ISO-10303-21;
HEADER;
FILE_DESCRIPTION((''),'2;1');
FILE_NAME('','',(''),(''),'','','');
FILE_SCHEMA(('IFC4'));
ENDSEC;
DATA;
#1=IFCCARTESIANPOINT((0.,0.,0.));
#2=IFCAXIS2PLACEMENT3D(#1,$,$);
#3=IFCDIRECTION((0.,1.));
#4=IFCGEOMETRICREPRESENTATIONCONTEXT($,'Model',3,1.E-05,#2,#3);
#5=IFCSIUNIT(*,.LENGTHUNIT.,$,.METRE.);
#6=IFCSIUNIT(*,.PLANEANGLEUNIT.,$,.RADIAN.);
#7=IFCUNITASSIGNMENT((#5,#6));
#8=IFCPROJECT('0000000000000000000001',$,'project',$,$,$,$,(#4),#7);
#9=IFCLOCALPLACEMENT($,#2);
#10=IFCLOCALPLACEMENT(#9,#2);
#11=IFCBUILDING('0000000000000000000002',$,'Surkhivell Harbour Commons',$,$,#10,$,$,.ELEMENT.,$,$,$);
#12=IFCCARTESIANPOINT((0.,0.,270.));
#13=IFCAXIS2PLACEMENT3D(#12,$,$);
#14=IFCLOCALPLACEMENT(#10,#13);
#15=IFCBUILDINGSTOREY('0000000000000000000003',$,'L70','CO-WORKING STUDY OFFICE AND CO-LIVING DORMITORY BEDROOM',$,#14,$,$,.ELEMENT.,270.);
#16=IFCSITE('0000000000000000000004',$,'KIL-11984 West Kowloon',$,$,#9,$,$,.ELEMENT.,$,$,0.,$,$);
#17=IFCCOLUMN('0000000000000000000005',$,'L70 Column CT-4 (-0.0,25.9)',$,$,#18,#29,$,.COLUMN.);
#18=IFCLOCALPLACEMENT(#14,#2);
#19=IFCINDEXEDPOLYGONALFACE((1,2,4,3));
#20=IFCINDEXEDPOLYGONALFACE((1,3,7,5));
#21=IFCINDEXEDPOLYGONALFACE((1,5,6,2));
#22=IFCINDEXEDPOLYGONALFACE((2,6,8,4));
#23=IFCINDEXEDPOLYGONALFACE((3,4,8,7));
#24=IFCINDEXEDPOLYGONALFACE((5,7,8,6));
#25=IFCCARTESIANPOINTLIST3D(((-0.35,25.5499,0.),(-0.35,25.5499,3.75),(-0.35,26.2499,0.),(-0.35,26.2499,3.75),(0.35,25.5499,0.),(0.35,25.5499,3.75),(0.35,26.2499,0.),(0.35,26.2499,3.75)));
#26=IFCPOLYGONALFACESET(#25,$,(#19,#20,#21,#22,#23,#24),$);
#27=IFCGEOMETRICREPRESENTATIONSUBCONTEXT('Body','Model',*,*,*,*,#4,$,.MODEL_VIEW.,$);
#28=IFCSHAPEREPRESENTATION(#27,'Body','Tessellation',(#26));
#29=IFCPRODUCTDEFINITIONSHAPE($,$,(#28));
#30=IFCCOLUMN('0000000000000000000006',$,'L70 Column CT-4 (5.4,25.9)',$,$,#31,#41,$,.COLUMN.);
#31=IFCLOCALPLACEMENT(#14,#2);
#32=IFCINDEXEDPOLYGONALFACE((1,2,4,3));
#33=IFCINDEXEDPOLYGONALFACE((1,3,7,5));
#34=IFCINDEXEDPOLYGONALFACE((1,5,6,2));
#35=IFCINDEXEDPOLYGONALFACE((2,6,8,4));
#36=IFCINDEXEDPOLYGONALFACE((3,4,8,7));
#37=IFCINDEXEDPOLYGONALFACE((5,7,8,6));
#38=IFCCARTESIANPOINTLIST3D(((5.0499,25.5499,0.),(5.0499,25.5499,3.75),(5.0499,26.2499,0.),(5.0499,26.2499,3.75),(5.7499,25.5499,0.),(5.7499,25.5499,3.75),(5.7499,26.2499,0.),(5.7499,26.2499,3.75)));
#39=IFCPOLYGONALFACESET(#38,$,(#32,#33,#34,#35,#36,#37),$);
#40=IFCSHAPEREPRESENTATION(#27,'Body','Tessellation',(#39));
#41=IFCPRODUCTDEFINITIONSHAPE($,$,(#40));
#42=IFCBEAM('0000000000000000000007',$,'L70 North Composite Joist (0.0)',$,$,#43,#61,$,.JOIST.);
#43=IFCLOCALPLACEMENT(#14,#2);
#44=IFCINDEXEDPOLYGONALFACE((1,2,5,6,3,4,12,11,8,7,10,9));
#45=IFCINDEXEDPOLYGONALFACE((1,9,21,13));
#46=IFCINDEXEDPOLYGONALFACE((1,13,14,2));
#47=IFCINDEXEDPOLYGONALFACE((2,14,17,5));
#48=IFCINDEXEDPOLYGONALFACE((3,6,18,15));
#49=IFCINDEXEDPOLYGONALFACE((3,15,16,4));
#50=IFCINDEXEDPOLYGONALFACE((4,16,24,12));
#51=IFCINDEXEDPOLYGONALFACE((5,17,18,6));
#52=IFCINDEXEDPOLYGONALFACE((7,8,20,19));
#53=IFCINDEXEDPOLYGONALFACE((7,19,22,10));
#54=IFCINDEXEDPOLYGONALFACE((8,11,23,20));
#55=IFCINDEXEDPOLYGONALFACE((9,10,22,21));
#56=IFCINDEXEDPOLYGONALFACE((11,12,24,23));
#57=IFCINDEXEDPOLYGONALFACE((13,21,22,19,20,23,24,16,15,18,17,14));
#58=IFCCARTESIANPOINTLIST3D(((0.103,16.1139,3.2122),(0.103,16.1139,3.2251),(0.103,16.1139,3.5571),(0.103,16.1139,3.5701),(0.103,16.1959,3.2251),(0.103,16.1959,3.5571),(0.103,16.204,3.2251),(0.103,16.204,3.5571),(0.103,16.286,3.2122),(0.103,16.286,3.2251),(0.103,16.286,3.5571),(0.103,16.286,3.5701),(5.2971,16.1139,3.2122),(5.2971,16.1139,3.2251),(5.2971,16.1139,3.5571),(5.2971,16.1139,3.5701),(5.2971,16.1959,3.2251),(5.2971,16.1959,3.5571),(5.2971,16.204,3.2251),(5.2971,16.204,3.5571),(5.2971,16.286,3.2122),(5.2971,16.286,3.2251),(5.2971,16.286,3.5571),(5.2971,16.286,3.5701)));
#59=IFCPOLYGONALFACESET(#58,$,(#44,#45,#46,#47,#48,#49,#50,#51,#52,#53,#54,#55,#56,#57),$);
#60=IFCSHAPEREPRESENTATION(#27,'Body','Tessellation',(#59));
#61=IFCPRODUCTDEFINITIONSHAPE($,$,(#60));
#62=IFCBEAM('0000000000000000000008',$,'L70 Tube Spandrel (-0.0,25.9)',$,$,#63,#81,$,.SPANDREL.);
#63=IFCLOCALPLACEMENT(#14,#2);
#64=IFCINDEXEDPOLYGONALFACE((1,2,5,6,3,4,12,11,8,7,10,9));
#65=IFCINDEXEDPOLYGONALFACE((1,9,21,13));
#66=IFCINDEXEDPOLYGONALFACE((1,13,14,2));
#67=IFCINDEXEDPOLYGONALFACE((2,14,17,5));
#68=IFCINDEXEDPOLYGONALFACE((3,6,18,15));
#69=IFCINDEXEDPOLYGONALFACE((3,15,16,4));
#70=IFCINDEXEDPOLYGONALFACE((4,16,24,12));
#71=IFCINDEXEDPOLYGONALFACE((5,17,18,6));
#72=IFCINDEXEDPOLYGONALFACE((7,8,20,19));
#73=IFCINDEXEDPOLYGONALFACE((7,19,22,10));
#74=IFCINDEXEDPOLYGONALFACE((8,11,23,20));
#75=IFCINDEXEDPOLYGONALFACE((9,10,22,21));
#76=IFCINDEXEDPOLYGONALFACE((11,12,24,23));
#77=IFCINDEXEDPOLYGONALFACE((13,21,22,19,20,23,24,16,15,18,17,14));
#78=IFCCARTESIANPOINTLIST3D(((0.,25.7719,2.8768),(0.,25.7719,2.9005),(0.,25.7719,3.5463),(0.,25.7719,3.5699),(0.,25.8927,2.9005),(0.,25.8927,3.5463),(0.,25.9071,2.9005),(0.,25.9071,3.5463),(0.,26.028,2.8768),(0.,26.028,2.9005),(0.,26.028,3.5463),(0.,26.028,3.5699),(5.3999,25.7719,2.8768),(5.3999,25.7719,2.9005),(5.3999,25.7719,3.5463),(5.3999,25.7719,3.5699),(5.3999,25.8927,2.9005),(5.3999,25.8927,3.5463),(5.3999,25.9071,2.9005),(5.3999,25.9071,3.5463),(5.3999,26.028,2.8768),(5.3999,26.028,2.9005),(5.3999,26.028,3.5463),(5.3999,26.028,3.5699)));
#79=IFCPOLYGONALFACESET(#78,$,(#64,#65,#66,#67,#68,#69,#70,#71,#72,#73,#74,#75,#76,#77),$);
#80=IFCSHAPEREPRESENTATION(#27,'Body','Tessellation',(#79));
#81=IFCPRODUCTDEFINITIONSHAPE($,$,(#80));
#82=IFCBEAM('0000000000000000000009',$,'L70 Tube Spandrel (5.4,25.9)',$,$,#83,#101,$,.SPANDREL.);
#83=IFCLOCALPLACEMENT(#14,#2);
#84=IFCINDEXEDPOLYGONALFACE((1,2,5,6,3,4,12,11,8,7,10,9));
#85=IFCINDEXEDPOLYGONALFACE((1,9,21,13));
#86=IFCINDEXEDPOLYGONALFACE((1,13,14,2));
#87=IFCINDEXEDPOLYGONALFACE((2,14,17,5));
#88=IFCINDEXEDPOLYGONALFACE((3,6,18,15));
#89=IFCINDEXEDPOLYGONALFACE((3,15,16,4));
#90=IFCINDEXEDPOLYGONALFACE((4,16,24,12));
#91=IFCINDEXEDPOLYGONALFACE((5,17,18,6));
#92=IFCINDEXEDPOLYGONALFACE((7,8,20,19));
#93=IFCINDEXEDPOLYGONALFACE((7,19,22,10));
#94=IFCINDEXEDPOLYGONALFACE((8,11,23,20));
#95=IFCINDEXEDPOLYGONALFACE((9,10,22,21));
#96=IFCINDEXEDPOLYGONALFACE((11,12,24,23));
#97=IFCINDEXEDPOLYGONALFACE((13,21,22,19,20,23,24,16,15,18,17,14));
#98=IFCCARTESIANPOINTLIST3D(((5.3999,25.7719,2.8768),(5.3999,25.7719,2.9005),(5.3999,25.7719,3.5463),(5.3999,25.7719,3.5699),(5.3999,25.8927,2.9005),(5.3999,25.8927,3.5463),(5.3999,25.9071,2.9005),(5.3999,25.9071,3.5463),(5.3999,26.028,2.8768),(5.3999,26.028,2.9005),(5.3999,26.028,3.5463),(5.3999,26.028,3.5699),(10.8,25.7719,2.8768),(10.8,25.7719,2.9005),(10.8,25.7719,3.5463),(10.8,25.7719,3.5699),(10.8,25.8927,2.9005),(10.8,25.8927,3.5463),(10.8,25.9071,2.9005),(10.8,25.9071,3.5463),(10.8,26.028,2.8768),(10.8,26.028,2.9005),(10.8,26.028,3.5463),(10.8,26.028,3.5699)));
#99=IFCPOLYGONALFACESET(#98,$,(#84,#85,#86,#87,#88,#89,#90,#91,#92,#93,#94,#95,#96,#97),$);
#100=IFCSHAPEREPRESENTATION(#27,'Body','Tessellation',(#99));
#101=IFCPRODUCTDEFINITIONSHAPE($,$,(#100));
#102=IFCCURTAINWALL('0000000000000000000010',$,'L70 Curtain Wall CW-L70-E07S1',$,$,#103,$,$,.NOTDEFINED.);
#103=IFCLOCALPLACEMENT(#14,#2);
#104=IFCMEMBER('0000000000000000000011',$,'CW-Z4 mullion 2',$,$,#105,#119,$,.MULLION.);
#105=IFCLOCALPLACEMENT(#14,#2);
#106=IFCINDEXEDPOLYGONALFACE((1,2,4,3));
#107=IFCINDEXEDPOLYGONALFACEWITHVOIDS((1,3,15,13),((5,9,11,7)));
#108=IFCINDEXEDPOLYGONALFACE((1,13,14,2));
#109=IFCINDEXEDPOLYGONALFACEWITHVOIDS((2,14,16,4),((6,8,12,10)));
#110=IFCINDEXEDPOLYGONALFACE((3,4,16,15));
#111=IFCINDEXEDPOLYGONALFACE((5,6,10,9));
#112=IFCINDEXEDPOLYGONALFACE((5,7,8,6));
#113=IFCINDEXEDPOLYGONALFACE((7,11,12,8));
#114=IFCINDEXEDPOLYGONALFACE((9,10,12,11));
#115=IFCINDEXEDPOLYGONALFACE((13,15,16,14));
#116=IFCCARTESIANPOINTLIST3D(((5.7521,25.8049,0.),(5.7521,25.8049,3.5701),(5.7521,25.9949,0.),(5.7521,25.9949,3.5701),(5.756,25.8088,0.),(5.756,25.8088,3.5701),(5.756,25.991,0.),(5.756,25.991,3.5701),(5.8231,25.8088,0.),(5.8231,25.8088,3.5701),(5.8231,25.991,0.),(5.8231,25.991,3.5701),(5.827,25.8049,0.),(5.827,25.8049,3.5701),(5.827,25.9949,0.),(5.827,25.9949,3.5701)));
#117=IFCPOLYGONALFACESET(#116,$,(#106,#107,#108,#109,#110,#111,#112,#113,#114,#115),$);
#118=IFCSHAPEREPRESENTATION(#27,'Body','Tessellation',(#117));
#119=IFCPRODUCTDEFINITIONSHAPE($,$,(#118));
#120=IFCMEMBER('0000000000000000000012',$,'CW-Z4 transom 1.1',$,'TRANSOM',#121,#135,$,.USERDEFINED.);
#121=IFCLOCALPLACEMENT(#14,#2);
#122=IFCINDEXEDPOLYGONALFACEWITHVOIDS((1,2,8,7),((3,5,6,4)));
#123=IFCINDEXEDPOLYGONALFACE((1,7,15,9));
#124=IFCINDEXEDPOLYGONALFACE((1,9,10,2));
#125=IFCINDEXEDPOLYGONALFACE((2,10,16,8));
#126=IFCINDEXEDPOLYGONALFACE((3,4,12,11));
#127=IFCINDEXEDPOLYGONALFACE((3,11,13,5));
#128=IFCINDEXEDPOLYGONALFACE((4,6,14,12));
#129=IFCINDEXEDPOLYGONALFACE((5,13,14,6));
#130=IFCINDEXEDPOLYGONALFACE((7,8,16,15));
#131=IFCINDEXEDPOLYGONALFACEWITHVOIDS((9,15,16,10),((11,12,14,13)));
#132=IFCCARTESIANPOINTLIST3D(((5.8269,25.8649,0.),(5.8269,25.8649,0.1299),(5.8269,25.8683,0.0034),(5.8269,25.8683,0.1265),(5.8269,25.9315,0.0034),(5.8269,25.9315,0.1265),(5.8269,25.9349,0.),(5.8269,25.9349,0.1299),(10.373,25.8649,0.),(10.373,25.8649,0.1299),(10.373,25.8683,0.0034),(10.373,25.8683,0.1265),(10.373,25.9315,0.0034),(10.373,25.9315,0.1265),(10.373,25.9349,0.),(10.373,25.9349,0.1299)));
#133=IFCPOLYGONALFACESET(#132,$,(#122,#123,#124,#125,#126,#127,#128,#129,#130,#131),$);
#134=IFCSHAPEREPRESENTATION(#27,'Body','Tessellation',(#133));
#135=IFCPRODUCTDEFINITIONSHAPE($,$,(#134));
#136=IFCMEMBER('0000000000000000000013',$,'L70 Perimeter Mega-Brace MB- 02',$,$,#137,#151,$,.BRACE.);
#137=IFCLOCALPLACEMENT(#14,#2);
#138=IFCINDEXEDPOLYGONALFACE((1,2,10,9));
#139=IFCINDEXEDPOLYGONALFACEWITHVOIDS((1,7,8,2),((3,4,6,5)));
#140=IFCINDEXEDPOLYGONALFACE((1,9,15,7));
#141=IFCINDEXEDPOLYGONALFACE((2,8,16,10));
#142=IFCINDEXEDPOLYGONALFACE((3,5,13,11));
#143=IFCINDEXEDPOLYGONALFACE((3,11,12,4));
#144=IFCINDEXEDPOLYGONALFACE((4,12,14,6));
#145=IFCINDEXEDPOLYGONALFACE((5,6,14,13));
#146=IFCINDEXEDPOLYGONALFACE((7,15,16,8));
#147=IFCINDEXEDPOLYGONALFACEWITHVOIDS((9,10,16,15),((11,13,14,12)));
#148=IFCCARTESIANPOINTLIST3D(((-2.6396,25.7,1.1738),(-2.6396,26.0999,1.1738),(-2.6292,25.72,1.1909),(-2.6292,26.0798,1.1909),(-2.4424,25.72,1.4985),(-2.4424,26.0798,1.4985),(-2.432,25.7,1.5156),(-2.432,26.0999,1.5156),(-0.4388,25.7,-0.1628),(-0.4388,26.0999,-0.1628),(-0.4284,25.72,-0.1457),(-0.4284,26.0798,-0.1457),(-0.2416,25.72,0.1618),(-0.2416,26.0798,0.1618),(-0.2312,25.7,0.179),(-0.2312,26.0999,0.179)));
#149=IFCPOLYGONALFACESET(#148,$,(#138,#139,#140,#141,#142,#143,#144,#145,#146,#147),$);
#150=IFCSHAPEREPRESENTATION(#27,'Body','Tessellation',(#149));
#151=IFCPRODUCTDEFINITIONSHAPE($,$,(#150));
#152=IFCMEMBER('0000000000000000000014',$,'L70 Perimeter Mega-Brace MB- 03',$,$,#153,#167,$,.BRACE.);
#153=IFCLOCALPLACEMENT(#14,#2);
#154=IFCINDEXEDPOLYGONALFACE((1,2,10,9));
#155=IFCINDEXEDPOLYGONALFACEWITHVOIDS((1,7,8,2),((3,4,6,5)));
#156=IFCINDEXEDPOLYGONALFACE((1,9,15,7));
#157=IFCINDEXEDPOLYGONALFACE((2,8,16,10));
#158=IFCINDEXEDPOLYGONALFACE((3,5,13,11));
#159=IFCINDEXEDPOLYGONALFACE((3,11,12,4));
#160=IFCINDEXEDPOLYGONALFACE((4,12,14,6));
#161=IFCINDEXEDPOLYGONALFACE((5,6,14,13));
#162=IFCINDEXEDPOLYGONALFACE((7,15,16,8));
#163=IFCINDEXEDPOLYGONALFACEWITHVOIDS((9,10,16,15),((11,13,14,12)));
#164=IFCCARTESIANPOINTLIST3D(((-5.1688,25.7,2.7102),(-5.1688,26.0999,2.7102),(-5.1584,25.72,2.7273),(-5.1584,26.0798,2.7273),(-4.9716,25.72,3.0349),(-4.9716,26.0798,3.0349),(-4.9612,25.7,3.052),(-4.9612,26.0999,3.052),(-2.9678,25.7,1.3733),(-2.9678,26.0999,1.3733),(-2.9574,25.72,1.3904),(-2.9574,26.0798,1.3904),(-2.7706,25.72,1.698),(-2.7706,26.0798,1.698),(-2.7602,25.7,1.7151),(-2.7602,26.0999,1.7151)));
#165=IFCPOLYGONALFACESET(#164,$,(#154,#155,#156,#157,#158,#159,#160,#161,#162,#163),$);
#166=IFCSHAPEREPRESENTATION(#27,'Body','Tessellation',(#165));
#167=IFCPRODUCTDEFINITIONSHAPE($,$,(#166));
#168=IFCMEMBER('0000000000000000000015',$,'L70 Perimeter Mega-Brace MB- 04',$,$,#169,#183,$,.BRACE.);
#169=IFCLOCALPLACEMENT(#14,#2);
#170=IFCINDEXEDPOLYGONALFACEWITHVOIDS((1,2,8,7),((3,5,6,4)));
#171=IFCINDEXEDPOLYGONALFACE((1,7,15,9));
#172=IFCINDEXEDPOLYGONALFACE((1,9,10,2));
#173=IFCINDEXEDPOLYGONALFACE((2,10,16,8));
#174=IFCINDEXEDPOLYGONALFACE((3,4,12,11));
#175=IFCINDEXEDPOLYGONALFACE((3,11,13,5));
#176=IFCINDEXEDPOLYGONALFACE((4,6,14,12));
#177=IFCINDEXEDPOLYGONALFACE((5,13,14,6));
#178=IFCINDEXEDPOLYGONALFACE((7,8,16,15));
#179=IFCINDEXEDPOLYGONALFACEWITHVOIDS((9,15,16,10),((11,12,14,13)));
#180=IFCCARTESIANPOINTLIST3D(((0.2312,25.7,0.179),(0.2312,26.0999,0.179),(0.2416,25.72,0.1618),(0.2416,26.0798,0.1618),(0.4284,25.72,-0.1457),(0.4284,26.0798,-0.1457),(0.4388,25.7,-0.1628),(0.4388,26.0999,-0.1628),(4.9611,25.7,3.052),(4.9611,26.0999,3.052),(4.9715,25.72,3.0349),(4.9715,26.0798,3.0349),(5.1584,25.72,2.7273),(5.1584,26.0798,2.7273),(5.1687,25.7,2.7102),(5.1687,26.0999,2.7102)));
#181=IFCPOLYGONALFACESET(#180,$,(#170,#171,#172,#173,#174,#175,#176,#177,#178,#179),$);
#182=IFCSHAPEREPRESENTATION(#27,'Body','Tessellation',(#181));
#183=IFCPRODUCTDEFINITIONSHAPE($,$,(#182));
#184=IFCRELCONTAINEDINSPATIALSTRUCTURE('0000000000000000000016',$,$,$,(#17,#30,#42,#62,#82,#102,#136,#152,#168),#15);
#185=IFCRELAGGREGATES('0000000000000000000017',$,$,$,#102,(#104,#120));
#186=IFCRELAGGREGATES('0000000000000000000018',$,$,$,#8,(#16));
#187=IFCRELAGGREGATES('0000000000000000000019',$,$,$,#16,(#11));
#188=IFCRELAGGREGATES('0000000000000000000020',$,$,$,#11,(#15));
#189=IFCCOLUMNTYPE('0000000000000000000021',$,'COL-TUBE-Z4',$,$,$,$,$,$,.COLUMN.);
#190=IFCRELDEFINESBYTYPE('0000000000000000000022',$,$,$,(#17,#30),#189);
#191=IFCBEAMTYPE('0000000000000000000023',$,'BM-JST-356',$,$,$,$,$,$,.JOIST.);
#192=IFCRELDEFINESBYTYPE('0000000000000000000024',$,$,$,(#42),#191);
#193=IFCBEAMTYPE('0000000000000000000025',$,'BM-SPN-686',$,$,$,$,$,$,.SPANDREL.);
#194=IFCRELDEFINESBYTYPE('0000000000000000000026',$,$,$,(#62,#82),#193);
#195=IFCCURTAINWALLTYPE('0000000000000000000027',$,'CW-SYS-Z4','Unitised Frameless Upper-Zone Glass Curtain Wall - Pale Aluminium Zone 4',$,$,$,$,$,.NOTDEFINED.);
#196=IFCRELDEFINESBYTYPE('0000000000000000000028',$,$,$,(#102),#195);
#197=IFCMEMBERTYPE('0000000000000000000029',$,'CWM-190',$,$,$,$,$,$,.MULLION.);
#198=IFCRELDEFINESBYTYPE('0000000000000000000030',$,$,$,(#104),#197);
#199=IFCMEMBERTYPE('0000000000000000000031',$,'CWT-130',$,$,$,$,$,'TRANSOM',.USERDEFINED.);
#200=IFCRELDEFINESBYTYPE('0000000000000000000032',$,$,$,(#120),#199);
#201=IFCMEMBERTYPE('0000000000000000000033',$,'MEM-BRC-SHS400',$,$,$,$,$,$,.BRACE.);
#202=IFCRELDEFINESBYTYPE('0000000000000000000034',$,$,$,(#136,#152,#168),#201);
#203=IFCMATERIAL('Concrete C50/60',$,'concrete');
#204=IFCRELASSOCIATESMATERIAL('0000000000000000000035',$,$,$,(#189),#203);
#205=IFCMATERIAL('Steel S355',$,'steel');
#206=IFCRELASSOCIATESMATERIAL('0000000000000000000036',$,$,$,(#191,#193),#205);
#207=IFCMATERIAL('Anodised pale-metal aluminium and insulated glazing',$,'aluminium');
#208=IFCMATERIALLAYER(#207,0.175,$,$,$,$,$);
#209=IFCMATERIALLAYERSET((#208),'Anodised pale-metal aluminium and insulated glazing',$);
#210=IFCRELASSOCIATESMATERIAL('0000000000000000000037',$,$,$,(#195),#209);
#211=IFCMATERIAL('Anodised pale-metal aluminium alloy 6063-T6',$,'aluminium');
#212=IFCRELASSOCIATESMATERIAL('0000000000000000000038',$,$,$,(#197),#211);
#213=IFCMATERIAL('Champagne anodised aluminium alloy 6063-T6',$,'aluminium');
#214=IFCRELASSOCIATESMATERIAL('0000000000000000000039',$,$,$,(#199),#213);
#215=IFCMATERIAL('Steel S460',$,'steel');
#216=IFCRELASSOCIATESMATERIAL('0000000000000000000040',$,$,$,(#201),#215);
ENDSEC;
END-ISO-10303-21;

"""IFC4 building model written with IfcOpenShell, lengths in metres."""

from ifc_helpers import new_model, si_unit, direction, frame, origin, origin_2d, place, context, subcontext, project, spatial, rectangle, hollow_rectangle, i_section, extrude, material, layer, layer_set, material_profile, profile_set, type_object, element, aggregate, save


model = new_model("IFC4")

# Units and contexts
model_context = context("Model", 3, precision=1e-05, world=origin(), true_north=direction((0.0, 1.0)))
body_context = subcontext(model_context, "Body", "Model", "MODEL_VIEW")
ifc_project = project(units=[si_unit("LENGTHUNIT", "METRE"), si_unit("PLANEANGLEUNIT", "RADIAN")], contexts=[model_context])

# Site, building, storey
site_placement = place(None, origin())
site = spatial("IfcSite", under=ifc_project, at=site_placement, Name="KIL-11984 West Kowloon", CompositionType="ELEMENT", RefElevation=0.0)
building_placement = place(site_placement, origin())
building = spatial("IfcBuilding", under=site, at=building_placement, Name="Surkhivell Harbour Commons", CompositionType="ELEMENT")
storey_placement = place(building_placement, frame((0.0, 0.0, 270.0)))
storey = spatial("IfcBuildingStorey", under=building, at=storey_placement, Name="L70", Description="CO-WORKING STUDY OFFICE AND CO-LIVING DORMITORY BEDROOM", CompositionType="ELEMENT", Elevation=270.0)

# Columns
ifc_material_1 = material(Name="Concrete C50/60", Category="concrete")
ifc_material_profile_1 = material_profile(ifc_material_1, rectangle(XDim=0.7, YDim=0.7, at=origin_2d()), Name="RC-COL-700x700")
ifc_profile_set_1 = profile_set([ifc_material_profile_1], Name="Concrete C50/60")
column_type = type_object("IfcColumnType", Name="COL-TUBE-Z4", PredefinedType="COLUMN", material=ifc_profile_set_1)
for number, where, z_axis, x_axis, name in (
    (1, (0.0, 25.8999, 0.0), (0.0, 0.0, 1.0), (1.0, 0.0, 0.0), "L70 Column CT-4 (-0.0,25.9)"),
    (2, (5.3999, 25.8999, 0.0), (0.0, 0.0, 1.0), (1.0, 0.0, 0.0), "L70 Column CT-4 (5.4,25.9)"),
):
    element("IfcColumn", number, at=place(storey_placement, frame(where, z_axis=z_axis, x_axis=x_axis)), inside=storey, type_object=column_type, Name=name, PredefinedType="COLUMN", context=body_context, shape_type="SweptSolid", body=[
        extrude(rectangle(XDim=0.7, YDim=0.7, at=origin_2d()), origin(), (0.0, 0.0, 1.0), 3.75),
    ])

# Beams
ifc_material_2 = material(Name="Steel S355", Category="steel")
ifc_material_profile_2 = material_profile(ifc_material_2, i_section(OverallWidth=0.1721, OverallDepth=0.3579, WebThickness=0.0081, FlangeThickness=0.0129, at=origin_2d()), Name="UB356x171x57")
ifc_profile_set_2 = profile_set([ifc_material_profile_2], Name="Steel S355")
beam_type_1 = type_object("IfcBeamType", Name="BM-JST-356", PredefinedType="JOIST", material=ifc_profile_set_2)
beam_1_placement = place(storey_placement, frame((0.103, 16.2, 3.3911), z_axis=(1.0, 0.0, 0.0), x_axis=(0.0, 1.0, 0.0)))
element("IfcBeam", 3, at=beam_1_placement, inside=storey, type_object=beam_type_1, Name="L70 North Composite Joist (0.0)", PredefinedType="JOIST", context=body_context, shape_type="SweptSolid", body=[
    extrude(i_section(OverallWidth=0.1721, OverallDepth=0.3579, WebThickness=0.0081, FlangeThickness=0.0129, at=origin_2d()), origin(), (0.0, 0.0, 1.0), 5.1941),
])
ifc_material_profile_3 = material_profile(ifc_material_2, i_section(OverallWidth=0.2561, OverallDepth=0.6931, WebThickness=0.0144, FlangeThickness=0.0237, at=origin_2d()), Name="UB686x254x170")
ifc_profile_set_3 = profile_set([ifc_material_profile_3], Name="Steel S355")
beam_type_2 = type_object("IfcBeamType", Name="BM-SPN-686", PredefinedType="SPANDREL", material=ifc_profile_set_3)
beam_2_placement = place(storey_placement, frame((0.0, 25.8999, 3.2234), z_axis=(1.0, 0.0, 0.0), x_axis=(0.0, 1.0, 0.0)))
element("IfcBeam", 4, at=beam_2_placement, inside=storey, type_object=beam_type_2, Name="L70 Tube Spandrel (-0.0,25.9)", PredefinedType="SPANDREL", context=body_context, shape_type="SweptSolid", body=[
    extrude(i_section(OverallWidth=0.2561, OverallDepth=0.6931, WebThickness=0.0144, FlangeThickness=0.0237, at=origin_2d()), origin(), (0.0, 0.0, 1.0), 5.3999),
])
beam_3_placement = place(storey_placement, frame((5.3999, 25.8999, 3.2234), z_axis=(1.0, 0.0, 0.0), x_axis=(0.0, 1.0, 0.0)))
element("IfcBeam", 5, at=beam_3_placement, inside=storey, type_object=beam_type_2, Name="L70 Tube Spandrel (5.4,25.9)", PredefinedType="SPANDREL", context=body_context, shape_type="SweptSolid", body=[
    extrude(i_section(OverallWidth=0.2561, OverallDepth=0.6931, WebThickness=0.0144, FlangeThickness=0.0237, at=origin_2d()), origin(), (0.0, 0.0, 1.0), 5.4001),
])

# Curtain wall, members
ifc_material_3 = material(Name="Anodised pale-metal aluminium and insulated glazing", Category="aluminium")
ifc_layer_1 = layer(ifc_material_3, 0.175)
ifc_layer_set_1 = layer_set([ifc_layer_1], Name="Anodised pale-metal aluminium and insulated glazing")
curtain_wall_type = type_object("IfcCurtainWallType", Name="CW-SYS-Z4", Description="Unitised Frameless Upper-Zone Glass Curtain Wall - Pale Aluminium Zone 4", PredefinedType="NOTDEFINED", material=ifc_layer_set_1)
curtain_wall_placement = place(storey_placement, origin())
curtain_wall = element("IfcCurtainWall", 6, at=curtain_wall_placement, inside=storey, type_object=curtain_wall_type, Name="L70 Curtain Wall CW-L70-E07S1", PredefinedType="NOTDEFINED")
ifc_material_4 = material(Name="Anodised pale-metal aluminium alloy 6063-T6", Category="aluminium")
ifc_material_profile_4 = material_profile(ifc_material_4, hollow_rectangle(XDim=0.075, YDim=0.1899, WallThickness=0.0039, at=origin_2d()), Name="ALU-MULL-75x190")
ifc_profile_set_4 = profile_set([ifc_material_profile_4], Name="Anodised pale-metal aluminium alloy 6063-T6")
member_type_1 = type_object("IfcMemberType", Name="CWM-190", PredefinedType="MULLION", material=ifc_profile_set_4)
member_1_placement = place(storey_placement, frame((5.7896, 25.8999, 0.0), z_axis=(0.0, 0.0, 1.0), x_axis=(-1.0, 0.0, 0.0)))
member_1 = element("IfcMember", 7, at=member_1_placement, type_object=member_type_1, Name="CW-Z4 mullion 2", PredefinedType="MULLION", context=body_context, shape_type="SweptSolid", body=[
    extrude(hollow_rectangle(XDim=0.075, YDim=0.1899, WallThickness=0.0039, at=origin_2d()), origin(), (0.0, 0.0, 1.0), 3.5701),
])
ifc_material_5 = material(Name="Champagne anodised aluminium alloy 6063-T6", Category="aluminium")
ifc_material_profile_5 = material_profile(ifc_material_5, hollow_rectangle(XDim=0.0701, YDim=0.1299, WallThickness=0.0034, at=origin_2d()), Name="ALU-TRAN-70x130")
ifc_profile_set_5 = profile_set([ifc_material_profile_5], Name="Champagne anodised aluminium alloy 6063-T6")
member_type_2 = type_object("IfcMemberType", Name="CWT-130", ElementType="TRANSOM", PredefinedType="USERDEFINED", material=ifc_profile_set_5)
member_2_placement = place(storey_placement, frame((10.373, 25.8999, 0.0649), z_axis=(-1.0, 0.0, 0.0), x_axis=(0.0, -1.0, 0.0)))
member_2 = element("IfcMember", 8, at=member_2_placement, type_object=member_type_2, Name="CW-Z4 transom 1.1", ObjectType="TRANSOM", PredefinedType="USERDEFINED", context=body_context, shape_type="SweptSolid", body=[
    extrude(hollow_rectangle(XDim=0.0701, YDim=0.1299, WallThickness=0.0034, at=origin_2d()), origin(), (0.0, 0.0, 1.0), 4.5461),
])
aggregate(curtain_wall, [member_1, member_2])

# Members
ifc_material_6 = material(Name="Steel S460", Category="steel")
ifc_material_profile_6 = material_profile(ifc_material_6, hollow_rectangle(XDim=0.3999, YDim=0.3999, WallThickness=0.02, at=origin_2d()), Name="SHS400x400x20")
ifc_profile_set_6 = profile_set([ifc_material_profile_6], Name="Steel S460")
member_type_3 = type_object("IfcMemberType", Name="MEM-BRC-SHS400", PredefinedType="BRACE", material=ifc_profile_set_6)
member_3_placement = place(storey_placement, frame((-0.335, 25.8999, 0.0081), z_axis=(-0.85472, 0.0, 0.519089), x_axis=(0.0, -1.0, 0.0)))
element("IfcMember", 9, at=member_3_placement, inside=storey, type_object=member_type_3, Name="L70 Perimeter Mega-Brace MB- 02", PredefinedType="BRACE", context=body_context, shape_type="SweptSolid", body=[
    extrude(hollow_rectangle(XDim=0.3999, YDim=0.3999, WallThickness=0.02, at=origin_2d()), origin(), (0.0, 0.0, 1.0), 2.575),
])
member_4_placement = place(storey_placement, frame((-2.864, 25.8999, 1.5442), z_axis=(-0.854678, 0.0, 0.519159), x_axis=(0.0, -1.0, 0.0)))
element("IfcMember", 10, at=member_4_placement, inside=storey, type_object=member_type_3, Name="L70 Perimeter Mega-Brace MB- 03", PredefinedType="BRACE", context=body_context, shape_type="SweptSolid", body=[
    extrude(hollow_rectangle(XDim=0.3999, YDim=0.3999, WallThickness=0.02, at=origin_2d()), origin(), (0.0, 0.0, 1.0), 2.5752),
])
member_5_placement = place(storey_placement, frame((0.335, 25.8999, 0.0081), z_axis=(0.854685, 0.0, 0.519146), x_axis=(0.0, 1.0, 0.0)))
element("IfcMember", 11, at=member_5_placement, inside=storey, type_object=member_type_3, Name="L70 Perimeter Mega-Brace MB- 04", PredefinedType="BRACE", context=body_context, shape_type="SweptSolid", body=[
    extrude(hollow_rectangle(XDim=0.3999, YDim=0.3999, WallThickness=0.02, at=origin_2d()), origin(), (0.0, 0.0, 1.0), 5.5342),
])

save(model, "model.ifc")
